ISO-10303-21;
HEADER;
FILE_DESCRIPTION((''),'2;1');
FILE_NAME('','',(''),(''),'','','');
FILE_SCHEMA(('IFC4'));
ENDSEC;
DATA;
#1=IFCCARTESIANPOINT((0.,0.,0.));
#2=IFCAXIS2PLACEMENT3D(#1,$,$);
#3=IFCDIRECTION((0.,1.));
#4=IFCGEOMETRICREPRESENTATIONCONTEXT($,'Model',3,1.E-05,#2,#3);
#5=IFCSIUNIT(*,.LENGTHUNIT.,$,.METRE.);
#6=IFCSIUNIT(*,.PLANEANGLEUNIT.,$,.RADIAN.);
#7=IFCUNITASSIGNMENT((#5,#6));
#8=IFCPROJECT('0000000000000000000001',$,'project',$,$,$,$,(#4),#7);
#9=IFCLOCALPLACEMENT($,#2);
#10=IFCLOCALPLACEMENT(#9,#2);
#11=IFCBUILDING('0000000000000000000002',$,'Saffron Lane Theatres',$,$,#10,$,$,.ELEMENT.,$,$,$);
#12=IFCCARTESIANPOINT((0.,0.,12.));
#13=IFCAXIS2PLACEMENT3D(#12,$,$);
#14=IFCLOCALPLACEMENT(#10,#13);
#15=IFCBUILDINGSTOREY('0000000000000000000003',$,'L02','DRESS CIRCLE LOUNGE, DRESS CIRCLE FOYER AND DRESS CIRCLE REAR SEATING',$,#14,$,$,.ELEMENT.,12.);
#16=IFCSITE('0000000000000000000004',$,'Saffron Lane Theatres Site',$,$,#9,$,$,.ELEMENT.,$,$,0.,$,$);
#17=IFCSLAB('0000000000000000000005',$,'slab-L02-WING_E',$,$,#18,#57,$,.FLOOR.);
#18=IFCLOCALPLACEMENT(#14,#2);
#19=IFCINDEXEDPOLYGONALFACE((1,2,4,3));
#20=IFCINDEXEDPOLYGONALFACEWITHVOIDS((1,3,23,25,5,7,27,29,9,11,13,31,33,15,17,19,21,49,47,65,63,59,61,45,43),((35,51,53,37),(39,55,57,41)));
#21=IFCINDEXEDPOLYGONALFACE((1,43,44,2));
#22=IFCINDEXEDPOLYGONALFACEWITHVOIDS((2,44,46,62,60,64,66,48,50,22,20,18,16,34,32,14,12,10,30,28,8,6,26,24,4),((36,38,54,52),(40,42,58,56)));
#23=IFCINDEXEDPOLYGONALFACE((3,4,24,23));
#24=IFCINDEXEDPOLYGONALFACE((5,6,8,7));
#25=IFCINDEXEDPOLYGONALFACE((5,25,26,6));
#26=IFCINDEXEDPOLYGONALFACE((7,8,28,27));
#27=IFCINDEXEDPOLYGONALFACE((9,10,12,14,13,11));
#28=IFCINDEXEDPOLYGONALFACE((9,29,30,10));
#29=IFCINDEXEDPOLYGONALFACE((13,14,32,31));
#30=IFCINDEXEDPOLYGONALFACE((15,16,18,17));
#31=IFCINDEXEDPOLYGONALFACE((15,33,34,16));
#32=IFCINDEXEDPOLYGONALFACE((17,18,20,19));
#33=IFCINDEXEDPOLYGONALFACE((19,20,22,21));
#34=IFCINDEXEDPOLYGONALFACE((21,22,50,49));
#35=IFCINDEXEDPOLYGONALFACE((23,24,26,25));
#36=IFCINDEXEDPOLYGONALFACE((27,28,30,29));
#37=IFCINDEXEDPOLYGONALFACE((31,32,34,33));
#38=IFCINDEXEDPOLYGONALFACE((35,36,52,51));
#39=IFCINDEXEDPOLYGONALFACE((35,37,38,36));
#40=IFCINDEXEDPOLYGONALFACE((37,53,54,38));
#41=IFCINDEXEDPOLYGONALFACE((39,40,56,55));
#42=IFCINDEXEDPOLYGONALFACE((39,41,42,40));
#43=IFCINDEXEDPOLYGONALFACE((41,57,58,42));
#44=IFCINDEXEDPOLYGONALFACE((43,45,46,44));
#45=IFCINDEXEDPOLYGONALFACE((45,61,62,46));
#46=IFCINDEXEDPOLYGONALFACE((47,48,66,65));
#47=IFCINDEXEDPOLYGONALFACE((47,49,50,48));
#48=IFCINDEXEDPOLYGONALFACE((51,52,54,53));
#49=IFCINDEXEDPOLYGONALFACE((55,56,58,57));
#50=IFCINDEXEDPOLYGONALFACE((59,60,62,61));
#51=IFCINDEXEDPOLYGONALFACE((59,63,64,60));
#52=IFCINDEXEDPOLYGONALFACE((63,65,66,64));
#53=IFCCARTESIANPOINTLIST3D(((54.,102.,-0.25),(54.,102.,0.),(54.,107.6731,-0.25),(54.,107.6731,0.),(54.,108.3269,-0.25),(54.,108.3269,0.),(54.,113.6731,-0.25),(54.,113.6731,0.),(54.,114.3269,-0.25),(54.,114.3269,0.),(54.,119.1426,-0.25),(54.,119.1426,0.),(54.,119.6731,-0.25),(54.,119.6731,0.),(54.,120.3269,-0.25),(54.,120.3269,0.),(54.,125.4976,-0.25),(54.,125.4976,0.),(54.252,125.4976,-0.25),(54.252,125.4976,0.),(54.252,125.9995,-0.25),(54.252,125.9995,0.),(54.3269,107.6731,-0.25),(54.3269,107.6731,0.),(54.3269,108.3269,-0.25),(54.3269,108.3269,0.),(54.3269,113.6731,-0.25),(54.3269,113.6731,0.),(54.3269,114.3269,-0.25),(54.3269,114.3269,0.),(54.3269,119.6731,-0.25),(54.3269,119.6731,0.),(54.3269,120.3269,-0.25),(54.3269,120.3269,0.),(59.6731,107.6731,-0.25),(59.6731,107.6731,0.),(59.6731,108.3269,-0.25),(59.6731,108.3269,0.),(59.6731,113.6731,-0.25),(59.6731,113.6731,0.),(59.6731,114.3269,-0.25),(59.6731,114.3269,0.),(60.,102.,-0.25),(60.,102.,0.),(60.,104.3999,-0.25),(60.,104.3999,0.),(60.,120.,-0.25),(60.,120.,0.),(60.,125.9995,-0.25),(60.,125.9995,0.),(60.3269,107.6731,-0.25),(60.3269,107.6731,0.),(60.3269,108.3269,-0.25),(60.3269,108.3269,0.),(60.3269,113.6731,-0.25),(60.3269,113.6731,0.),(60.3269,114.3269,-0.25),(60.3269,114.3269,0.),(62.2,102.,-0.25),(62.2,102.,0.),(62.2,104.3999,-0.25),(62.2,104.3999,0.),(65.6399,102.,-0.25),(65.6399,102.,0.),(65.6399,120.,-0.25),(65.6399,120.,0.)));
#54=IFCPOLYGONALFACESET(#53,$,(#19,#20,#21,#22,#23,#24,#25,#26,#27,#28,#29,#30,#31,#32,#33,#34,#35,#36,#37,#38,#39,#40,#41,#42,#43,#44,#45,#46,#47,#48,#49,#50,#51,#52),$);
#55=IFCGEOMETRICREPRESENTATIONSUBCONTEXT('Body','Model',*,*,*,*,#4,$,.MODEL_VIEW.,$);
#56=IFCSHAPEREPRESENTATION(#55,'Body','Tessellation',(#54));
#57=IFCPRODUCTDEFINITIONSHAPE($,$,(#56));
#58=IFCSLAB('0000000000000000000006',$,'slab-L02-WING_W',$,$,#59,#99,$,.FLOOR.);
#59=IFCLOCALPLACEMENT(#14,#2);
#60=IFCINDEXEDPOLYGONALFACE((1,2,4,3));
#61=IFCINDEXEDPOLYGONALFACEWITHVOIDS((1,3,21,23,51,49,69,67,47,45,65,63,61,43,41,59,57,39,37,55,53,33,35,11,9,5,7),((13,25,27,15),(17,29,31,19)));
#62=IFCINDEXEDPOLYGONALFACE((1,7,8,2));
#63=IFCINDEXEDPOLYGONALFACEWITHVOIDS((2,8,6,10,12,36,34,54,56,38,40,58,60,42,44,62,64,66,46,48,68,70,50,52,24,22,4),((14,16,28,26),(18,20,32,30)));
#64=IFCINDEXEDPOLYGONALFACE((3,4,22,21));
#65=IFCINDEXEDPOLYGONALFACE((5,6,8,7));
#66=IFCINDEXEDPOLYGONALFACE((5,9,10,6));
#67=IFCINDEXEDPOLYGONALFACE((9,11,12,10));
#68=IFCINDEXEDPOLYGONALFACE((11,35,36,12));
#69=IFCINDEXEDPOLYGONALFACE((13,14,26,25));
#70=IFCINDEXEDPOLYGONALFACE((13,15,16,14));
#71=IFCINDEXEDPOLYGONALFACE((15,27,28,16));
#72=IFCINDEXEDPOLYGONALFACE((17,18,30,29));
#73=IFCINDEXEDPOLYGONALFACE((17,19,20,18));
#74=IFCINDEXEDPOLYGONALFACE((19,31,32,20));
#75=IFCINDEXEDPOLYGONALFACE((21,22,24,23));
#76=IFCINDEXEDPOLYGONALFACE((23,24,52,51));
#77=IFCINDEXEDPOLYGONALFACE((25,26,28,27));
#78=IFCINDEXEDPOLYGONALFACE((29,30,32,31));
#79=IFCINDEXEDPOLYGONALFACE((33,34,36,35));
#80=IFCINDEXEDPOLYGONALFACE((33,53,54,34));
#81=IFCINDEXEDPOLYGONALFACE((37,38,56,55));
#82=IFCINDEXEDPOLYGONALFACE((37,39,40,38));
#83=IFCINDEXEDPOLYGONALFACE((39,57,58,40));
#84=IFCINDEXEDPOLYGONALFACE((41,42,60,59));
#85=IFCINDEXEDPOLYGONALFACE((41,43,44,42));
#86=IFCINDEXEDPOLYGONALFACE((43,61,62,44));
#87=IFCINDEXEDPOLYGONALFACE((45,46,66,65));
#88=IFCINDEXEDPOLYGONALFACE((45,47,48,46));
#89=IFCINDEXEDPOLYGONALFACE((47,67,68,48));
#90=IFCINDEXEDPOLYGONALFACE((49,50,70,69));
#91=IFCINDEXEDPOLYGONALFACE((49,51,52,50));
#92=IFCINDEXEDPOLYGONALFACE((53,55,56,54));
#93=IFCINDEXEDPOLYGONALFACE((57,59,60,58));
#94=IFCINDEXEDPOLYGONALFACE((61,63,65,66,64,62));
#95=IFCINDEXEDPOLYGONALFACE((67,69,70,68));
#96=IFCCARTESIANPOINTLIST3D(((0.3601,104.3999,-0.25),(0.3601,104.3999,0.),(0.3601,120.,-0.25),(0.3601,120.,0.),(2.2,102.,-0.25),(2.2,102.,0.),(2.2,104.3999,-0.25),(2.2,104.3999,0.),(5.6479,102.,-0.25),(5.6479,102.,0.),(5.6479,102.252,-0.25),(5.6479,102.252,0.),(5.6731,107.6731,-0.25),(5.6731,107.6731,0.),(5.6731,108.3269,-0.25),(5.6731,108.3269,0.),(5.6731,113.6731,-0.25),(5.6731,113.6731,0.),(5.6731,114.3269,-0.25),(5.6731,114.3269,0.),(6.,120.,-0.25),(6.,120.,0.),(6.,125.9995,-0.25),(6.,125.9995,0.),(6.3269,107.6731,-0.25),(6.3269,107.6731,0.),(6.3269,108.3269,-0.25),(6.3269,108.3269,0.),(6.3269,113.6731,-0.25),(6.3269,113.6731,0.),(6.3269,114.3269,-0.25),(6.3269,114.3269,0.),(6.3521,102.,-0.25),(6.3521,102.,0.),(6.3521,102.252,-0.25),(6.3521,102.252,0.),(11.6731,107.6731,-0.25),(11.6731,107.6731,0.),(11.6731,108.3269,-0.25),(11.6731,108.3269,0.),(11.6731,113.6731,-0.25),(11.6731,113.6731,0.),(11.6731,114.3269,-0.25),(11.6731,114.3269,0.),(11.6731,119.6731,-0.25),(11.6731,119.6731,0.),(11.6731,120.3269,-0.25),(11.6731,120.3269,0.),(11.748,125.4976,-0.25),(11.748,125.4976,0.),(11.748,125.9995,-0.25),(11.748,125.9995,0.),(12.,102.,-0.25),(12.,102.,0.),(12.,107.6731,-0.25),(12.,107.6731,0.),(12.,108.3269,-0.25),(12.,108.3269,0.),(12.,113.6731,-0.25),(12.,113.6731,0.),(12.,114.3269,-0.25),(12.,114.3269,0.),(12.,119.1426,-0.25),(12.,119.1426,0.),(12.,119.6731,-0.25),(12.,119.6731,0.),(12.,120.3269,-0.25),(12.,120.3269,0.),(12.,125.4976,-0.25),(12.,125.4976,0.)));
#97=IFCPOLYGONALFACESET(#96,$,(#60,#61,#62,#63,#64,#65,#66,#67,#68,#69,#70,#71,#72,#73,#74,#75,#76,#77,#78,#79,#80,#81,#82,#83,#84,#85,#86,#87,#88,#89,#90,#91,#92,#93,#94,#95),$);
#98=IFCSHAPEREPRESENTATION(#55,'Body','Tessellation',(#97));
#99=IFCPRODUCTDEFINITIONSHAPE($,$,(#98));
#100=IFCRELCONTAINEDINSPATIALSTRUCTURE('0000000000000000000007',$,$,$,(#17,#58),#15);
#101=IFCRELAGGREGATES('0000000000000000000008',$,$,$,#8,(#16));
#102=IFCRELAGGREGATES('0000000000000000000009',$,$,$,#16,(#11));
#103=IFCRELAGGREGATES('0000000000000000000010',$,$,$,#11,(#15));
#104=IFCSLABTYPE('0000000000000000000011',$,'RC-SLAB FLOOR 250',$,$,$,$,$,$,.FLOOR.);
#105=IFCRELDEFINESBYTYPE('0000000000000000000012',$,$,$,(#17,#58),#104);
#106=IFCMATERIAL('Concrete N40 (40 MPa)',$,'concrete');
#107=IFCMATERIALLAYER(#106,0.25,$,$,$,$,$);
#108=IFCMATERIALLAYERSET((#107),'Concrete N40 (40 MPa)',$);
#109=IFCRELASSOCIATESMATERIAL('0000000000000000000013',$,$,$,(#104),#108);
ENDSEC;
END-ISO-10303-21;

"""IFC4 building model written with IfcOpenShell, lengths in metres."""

from ifc_helpers import new_model, si_unit, direction, frame, origin, place, context, subcontext, project, spatial, polyline, outline, extrude, material, layer, layer_set, type_object, element, save


model = new_model("IFC4")

# Units and contexts
model_context = context("Model", 3, precision=1e-05, world=origin(), true_north=direction((0.0, 1.0)))
body_context = subcontext(model_context, "Body", "Model", "MODEL_VIEW")
ifc_project = project(units=[si_unit("LENGTHUNIT", "METRE"), si_unit("PLANEANGLEUNIT", "RADIAN")], contexts=[model_context])

# Site, building, storey
site_placement = place(None, origin())
site = spatial("IfcSite", under=ifc_project, at=site_placement, Name="Saffron Lane Theatres Site", CompositionType="ELEMENT", RefElevation=0.0)
building_placement = place(site_placement, origin())
building = spatial("IfcBuilding", under=site, at=building_placement, Name="Saffron Lane Theatres", CompositionType="ELEMENT")
storey_placement = place(building_placement, frame((0.0, 0.0, 12.0)))
storey = spatial("IfcBuildingStorey", under=building, at=storey_placement, Name="L02", Description="DRESS CIRCLE LOUNGE, DRESS CIRCLE FOYER AND DRESS CIRCLE REAR SEATING", CompositionType="ELEMENT", Elevation=12.0)

# Slabs
ifc_material_1 = material(Name="Concrete N40 (40 MPa)", Category="concrete")
ifc_layer_1 = layer(ifc_material_1, 0.25)
ifc_layer_set_1 = layer_set([ifc_layer_1], Name="Concrete N40 (40 MPa)")
slab_type_1 = type_object("IfcSlabType", Name="RC-SLAB FLOOR 250", PredefinedType="FLOOR", material=ifc_layer_set_1)
slab_1_placement = place(storey_placement, frame((0.0, 0.0, -0.25)))
element("IfcSlab", 1, at=slab_1_placement, inside=storey, type_object=slab_type_1, Name="slab-L02-WING_E", PredefinedType="FLOOR", context=body_context, shape_type="SweptSolid", body=[
    extrude(outline(polyline([(60.0, 120.0), (60.0, 125.9995), (54.252, 125.9995), (54.252, 125.4976), (54.0, 125.4976), (54.0, 120.3269), (54.3269, 120.3269), (54.3269, 119.6731), (54.0, 119.6731), (54.0, 119.1426), (54.0, 114.3269), (54.3269, 114.3269), (54.3269, 113.6731), (54.0, 113.6731), (54.0, 108.3269), (54.3269, 108.3269), (54.3269, 107.6731), (54.0, 107.6731), (54.0, 102.0), (60.0, 102.0), (60.0, 104.3999), (62.2, 104.3999), (62.2, 102.0), (65.6399, 102.0), (65.6399, 120.0), (60.0, 120.0)]), holes=[polyline([(60.3269, 107.6731), (59.6731, 107.6731), (59.6731, 108.3269), (60.3269, 108.3269), (60.3269, 107.6731)]), polyline([(60.3269, 113.6731), (59.6731, 113.6731), (59.6731, 114.3269), (60.3269, 114.3269), (60.3269, 113.6731)])]), origin(), (0.0, 0.0, 1.0), 0.25),
])
slab_2_placement = place(storey_placement, frame((0.0, 0.0, -0.25)))
element("IfcSlab", 2, at=slab_2_placement, inside=storey, type_object=slab_type_1, Name="slab-L02-WING_W", PredefinedType="FLOOR", context=body_context, shape_type="SweptSolid", body=[
    extrude(outline(polyline([(6.3521, 102.0), (12.0, 102.0), (12.0, 107.6731), (11.6731, 107.6731), (11.6731, 108.3269), (12.0, 108.3269), (12.0, 113.6731), (11.6731, 113.6731), (11.6731, 114.3269), (12.0, 114.3269), (12.0, 119.1426), (12.0, 119.6731), (11.6731, 119.6731), (11.6731, 120.3269), (12.0, 120.3269), (12.0, 125.4976), (11.748, 125.4976), (11.748, 125.9995), (6.0, 125.9995), (6.0, 120.0), (0.3601, 120.0), (0.3601, 104.3999), (2.2, 104.3999), (2.2, 102.0), (5.6479, 102.0), (5.6479, 102.252), (6.3521, 102.252), (6.3521, 102.0)]), holes=[polyline([(5.6731, 107.6731), (5.6731, 108.3269), (6.3269, 108.3269), (6.3269, 107.6731), (5.6731, 107.6731)]), polyline([(5.6731, 113.6731), (5.6731, 114.3269), (6.3269, 114.3269), (6.3269, 113.6731), (5.6731, 113.6731)])]), origin(), (0.0, 0.0, 1.0), 0.25),
])

save(model, "model.ifc")
